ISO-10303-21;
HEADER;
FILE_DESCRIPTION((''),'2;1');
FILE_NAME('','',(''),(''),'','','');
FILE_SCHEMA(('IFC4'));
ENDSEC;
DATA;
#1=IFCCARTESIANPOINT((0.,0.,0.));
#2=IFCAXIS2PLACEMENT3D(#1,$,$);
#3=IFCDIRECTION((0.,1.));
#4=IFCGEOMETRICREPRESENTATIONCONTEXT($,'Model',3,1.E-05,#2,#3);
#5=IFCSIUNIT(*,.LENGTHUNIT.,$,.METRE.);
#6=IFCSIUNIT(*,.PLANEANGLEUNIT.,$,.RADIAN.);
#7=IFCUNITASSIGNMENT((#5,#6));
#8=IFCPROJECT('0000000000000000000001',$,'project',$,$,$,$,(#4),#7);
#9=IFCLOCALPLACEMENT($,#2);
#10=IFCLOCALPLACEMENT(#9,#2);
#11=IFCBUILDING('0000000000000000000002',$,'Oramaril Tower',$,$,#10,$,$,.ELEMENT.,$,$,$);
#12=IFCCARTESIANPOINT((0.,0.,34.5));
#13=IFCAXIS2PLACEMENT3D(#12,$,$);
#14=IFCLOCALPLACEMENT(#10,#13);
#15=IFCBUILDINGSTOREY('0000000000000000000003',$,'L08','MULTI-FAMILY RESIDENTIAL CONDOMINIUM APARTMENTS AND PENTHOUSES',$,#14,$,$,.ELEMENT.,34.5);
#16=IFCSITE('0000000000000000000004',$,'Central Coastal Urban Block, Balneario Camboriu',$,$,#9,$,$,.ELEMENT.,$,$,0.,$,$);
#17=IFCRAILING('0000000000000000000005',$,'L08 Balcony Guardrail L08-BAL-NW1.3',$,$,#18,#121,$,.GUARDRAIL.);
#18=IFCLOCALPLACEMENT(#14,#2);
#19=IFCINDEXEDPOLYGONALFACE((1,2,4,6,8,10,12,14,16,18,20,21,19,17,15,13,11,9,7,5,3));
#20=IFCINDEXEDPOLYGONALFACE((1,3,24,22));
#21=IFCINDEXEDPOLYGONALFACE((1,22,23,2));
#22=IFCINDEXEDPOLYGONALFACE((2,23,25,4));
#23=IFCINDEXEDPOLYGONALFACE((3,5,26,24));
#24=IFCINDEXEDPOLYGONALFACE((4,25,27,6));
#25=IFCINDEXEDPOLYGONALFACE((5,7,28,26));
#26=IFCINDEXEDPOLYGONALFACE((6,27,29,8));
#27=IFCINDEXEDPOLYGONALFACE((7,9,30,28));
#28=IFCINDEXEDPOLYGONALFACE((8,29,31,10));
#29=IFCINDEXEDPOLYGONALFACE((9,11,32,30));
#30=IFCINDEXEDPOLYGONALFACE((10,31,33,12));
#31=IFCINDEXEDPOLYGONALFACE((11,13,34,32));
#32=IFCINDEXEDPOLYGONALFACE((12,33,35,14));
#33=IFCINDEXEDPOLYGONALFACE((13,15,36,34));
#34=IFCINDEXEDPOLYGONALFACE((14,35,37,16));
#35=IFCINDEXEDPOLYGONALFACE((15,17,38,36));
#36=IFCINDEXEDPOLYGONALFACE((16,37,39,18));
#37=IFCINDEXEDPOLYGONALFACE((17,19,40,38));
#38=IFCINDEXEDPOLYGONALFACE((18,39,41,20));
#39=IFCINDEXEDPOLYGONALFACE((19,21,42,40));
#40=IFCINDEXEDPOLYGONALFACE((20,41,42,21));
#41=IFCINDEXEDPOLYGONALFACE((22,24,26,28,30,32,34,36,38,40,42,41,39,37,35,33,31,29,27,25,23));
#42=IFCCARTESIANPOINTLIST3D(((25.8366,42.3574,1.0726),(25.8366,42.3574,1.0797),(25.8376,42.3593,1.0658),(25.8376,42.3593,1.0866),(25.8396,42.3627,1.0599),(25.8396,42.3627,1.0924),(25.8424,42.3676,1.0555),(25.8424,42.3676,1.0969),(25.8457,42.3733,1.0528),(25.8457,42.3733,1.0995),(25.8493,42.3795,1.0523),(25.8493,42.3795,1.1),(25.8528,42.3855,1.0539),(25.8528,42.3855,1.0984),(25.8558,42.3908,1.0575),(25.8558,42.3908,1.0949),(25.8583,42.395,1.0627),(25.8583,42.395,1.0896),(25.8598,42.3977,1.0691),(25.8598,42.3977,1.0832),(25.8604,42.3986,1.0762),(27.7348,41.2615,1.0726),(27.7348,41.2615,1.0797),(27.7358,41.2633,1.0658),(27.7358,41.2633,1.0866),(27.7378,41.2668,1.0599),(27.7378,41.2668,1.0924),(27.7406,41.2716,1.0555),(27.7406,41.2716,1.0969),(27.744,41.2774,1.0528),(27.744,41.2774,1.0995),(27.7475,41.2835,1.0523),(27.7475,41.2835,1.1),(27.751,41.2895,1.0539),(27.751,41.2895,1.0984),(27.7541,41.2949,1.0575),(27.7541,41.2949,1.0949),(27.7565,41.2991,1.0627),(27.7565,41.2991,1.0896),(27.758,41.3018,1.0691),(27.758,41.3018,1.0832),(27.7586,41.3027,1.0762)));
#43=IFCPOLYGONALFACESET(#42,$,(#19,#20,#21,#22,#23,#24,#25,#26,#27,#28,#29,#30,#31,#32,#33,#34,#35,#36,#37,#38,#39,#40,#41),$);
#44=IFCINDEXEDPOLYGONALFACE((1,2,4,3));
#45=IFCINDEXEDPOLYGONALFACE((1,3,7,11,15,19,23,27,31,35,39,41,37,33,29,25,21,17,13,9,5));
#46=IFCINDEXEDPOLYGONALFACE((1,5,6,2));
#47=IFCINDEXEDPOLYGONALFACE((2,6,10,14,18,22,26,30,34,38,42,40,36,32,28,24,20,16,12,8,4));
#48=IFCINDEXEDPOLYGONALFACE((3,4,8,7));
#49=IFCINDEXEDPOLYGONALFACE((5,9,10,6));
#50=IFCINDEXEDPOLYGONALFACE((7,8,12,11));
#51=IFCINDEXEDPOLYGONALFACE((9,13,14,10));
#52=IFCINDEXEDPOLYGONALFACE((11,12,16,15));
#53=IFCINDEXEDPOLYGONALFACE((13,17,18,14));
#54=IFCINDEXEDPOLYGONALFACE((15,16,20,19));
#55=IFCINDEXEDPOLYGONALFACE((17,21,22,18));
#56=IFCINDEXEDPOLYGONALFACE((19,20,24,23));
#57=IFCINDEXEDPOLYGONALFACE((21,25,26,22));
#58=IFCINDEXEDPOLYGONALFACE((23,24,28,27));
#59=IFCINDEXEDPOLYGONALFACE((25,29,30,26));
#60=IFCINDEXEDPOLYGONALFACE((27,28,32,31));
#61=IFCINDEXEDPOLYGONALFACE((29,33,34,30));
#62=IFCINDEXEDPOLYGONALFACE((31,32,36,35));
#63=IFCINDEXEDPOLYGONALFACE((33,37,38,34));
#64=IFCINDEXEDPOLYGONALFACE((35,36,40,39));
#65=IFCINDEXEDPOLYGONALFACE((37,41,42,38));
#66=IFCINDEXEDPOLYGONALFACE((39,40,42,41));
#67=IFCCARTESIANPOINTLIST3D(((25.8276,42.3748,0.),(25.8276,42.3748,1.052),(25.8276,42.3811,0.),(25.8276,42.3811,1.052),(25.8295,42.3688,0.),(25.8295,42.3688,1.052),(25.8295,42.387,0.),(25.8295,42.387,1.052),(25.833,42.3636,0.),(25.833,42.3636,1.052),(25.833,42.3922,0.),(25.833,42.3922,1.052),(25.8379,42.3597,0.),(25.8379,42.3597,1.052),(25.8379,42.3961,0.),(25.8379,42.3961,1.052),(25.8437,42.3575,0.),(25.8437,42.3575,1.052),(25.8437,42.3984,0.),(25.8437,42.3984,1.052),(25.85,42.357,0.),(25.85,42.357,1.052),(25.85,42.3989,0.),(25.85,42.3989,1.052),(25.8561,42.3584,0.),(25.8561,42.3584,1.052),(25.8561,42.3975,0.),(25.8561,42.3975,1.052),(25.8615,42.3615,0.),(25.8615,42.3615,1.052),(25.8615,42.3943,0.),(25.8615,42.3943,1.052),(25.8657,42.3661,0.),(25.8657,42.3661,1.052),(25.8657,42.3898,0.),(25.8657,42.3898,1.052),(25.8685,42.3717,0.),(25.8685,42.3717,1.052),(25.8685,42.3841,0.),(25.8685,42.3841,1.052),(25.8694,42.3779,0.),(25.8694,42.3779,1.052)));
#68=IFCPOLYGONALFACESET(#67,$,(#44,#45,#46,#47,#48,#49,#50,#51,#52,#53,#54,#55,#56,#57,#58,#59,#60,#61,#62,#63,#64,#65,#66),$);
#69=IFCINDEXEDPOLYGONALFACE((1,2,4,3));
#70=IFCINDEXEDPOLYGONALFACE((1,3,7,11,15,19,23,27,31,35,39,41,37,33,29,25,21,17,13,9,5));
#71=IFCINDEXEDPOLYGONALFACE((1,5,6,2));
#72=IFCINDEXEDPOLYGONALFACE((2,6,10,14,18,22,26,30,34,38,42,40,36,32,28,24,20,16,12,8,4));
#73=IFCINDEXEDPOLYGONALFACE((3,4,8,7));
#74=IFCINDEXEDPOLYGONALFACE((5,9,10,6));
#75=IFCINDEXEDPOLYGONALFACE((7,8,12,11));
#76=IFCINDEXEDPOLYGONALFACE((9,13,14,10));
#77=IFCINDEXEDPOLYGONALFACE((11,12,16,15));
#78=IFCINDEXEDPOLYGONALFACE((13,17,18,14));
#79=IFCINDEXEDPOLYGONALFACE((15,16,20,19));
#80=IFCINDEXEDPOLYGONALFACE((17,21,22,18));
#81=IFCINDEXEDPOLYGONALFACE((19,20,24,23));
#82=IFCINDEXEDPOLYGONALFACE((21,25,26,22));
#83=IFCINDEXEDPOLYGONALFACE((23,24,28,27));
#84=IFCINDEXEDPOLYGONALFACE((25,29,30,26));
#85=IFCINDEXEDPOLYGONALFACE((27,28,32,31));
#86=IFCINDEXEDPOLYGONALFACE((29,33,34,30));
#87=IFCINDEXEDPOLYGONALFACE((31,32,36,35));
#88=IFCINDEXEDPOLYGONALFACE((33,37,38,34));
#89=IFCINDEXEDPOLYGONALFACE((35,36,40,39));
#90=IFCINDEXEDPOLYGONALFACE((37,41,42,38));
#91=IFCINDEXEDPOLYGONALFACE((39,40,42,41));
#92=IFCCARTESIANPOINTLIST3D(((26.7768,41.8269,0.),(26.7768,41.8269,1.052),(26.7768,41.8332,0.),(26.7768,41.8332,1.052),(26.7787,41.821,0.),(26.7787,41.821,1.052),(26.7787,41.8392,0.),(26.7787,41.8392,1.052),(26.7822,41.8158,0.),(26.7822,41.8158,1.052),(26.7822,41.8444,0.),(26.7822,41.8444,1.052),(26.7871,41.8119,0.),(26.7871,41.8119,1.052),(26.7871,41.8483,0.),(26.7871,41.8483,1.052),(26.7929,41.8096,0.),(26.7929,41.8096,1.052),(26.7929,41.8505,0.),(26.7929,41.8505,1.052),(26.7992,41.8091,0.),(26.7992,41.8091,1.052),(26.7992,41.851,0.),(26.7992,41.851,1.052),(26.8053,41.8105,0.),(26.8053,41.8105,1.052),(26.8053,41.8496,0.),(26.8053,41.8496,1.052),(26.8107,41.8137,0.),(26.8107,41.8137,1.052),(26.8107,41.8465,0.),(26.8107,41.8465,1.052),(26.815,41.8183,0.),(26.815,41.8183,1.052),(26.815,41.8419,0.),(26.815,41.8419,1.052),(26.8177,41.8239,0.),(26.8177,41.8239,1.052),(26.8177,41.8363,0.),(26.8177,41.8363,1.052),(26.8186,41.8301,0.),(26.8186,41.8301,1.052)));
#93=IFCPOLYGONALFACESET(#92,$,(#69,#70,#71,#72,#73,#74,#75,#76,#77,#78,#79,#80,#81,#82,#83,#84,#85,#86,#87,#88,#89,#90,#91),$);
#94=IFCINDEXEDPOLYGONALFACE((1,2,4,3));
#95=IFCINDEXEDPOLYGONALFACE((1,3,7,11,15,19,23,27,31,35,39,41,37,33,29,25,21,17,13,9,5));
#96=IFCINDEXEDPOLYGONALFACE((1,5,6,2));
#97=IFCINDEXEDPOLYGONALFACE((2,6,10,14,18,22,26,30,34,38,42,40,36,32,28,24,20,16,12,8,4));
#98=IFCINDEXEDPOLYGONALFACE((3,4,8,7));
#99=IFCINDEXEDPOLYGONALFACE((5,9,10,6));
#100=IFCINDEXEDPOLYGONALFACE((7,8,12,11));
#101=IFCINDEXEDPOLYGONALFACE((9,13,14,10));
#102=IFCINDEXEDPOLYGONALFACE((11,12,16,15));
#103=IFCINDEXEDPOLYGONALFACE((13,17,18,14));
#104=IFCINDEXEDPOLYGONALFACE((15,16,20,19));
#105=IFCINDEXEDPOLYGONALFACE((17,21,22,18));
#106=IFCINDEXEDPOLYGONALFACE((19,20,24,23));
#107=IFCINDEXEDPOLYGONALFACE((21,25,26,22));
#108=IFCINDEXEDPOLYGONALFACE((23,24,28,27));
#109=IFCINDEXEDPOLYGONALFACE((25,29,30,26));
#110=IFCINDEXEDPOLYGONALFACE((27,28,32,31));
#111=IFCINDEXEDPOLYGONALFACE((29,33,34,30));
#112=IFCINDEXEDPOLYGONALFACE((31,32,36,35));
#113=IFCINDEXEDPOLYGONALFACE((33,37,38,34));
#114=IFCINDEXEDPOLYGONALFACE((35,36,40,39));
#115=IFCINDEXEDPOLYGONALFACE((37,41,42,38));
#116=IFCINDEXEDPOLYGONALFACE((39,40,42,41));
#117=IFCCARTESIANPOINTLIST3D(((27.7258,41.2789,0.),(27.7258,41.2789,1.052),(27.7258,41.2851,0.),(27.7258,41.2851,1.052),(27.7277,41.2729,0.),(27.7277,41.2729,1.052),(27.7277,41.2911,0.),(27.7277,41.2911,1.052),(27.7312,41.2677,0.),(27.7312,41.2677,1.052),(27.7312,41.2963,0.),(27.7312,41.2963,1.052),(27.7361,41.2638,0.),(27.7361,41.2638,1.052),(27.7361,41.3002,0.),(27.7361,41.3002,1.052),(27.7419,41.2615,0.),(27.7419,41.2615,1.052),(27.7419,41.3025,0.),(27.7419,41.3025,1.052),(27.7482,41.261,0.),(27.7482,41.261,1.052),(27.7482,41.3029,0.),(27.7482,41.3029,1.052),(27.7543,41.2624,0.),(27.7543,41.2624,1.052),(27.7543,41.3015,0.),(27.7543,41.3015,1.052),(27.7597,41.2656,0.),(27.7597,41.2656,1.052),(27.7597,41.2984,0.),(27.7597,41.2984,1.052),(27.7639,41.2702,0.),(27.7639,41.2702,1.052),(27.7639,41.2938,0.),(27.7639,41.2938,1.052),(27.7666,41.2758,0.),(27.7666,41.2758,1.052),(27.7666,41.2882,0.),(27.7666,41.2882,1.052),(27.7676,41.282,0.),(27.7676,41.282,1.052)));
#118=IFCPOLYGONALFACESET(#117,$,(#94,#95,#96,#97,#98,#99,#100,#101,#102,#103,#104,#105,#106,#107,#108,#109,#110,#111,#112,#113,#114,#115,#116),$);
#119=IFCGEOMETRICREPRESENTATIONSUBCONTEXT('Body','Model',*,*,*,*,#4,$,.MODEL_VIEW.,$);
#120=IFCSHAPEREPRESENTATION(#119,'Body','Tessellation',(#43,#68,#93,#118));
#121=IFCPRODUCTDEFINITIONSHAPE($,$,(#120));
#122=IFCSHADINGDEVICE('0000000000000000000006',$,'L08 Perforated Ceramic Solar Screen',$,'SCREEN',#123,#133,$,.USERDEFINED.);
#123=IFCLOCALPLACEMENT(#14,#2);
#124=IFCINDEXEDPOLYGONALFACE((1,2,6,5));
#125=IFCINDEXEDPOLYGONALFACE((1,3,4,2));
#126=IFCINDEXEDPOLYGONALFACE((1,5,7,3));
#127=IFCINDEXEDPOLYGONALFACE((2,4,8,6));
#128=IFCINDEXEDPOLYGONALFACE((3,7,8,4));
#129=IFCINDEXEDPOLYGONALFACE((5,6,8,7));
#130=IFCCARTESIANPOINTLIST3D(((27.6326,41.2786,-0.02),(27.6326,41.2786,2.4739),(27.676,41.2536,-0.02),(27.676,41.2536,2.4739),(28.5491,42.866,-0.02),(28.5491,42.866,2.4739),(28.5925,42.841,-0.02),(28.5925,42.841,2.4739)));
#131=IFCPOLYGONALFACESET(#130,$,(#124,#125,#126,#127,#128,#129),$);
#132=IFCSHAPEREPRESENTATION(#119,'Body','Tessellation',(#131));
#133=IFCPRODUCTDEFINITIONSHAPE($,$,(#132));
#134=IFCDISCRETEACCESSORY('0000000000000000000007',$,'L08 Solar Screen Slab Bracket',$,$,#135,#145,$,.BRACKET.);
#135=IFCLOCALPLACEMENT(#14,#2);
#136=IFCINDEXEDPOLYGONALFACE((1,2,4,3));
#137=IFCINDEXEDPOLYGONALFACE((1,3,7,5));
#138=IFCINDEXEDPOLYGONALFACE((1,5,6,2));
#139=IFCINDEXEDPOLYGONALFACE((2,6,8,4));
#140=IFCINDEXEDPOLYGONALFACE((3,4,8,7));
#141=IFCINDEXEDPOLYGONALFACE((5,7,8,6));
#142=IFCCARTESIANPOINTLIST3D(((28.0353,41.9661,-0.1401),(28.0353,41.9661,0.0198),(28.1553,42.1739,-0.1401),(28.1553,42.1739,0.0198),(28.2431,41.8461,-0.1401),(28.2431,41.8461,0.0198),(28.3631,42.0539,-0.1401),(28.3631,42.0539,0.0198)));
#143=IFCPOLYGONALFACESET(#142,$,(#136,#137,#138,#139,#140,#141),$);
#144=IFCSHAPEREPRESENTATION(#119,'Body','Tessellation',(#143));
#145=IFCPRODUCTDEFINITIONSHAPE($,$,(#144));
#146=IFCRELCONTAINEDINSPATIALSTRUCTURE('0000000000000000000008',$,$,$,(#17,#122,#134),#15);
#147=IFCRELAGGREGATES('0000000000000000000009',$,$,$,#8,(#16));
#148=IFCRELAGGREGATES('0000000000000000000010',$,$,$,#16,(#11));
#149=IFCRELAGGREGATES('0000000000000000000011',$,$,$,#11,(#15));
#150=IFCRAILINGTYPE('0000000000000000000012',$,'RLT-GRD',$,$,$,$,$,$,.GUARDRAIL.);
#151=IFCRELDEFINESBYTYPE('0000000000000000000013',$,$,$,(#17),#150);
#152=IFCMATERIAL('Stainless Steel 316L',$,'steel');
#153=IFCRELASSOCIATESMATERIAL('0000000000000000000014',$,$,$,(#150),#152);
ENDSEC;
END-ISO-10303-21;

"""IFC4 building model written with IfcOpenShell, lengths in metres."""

from ifc_helpers import new_model, si_unit, direction, frame, origin, origin_2d, place, context, subcontext, project, spatial, rectangle, circle, extrude, material, type_object, element, save


model = new_model("IFC4")

# Units and contexts
model_context = context("Model", 3, precision=1e-05, world=origin(), true_north=direction((0.0, 1.0)))
body_context = subcontext(model_context, "Body", "Model", "MODEL_VIEW")
ifc_project = project(units=[si_unit("LENGTHUNIT", "METRE"), si_unit("PLANEANGLEUNIT", "RADIAN")], contexts=[model_context])

# Site, building, storey
site_placement = place(None, origin())
site = spatial("IfcSite", under=ifc_project, at=site_placement, Name="Central Coastal Urban Block, Balneario Camboriu", CompositionType="ELEMENT", RefElevation=0.0)
building_placement = place(site_placement, origin())
building = spatial("IfcBuilding", under=site, at=building_placement, Name="Oramaril Tower", CompositionType="ELEMENT")
storey_placement = place(building_placement, frame((0.0, 0.0, 34.5)))
storey = spatial("IfcBuildingStorey", under=building, at=storey_placement, Name="L08", Description="MULTI-FAMILY RESIDENTIAL CONDOMINIUM APARTMENTS AND PENTHOUSES", CompositionType="ELEMENT", Elevation=34.5)

# Railing
ifc_material_1 = material(Name="Stainless Steel 316L", Category="steel")
railing_type = type_object("IfcRailingType", Name="RLT-GRD", PredefinedType="GUARDRAIL", material=ifc_material_1)
railing_placement = place(storey_placement, frame((25.8484, 42.3779, 0.0)))
element("IfcRailing", 1, at=railing_placement, inside=storey, type_object=railing_type, Name="L08 Balcony Guardrail L08-BAL-NW1.3", PredefinedType="GUARDRAIL", context=body_context, shape_type="SweptSolid", body=[
    extrude(circle(Radius=0.0239, at=origin_2d()), frame((0.0, 0.0, 1.0762), z_axis=(0.866021, -0.500008, 0.0), x_axis=(0.500008, 0.866021, 0.0)), (0.0, 0.0, 1.0), 2.1919),
    extrude(circle(Radius=0.021, at=origin_2d()), origin(), (0.0, 0.0, 1.0), 1.052),
    extrude(circle(Radius=0.021, at=origin_2d()), frame((0.9492, -0.5479, 0.0)), (0.0, 0.0, 1.0), 1.052),
    extrude(circle(Radius=0.021, at=origin_2d()), frame((1.8982, -1.0959, 0.0)), (0.0, 0.0, 1.0), 1.052),
])

# Shading device
shading_device_placement = place(storey_placement, frame((28.1125, 42.0598, -0.02), z_axis=(0.0, 0.0, 1.0), x_axis=(-0.5, -0.866025, 0.0)))
element("IfcShadingDevice", 2, at=shading_device_placement, inside=storey, Name="L08 Perforated Ceramic Solar Screen", ObjectType="SCREEN", PredefinedType="USERDEFINED", context=body_context, shape_type="SweptSolid", body=[
    extrude(rectangle(XDim=1.833, YDim=0.05, at=origin_2d()), origin(), (0.0, 0.0, 1.0), 2.4939),
])

# Discrete accessory
discrete_accessory_placement = place(storey_placement, frame((28.1992, 42.01, -0.1401), z_axis=(0.0, 0.0, 1.0), x_axis=(-0.5, -0.866025, 0.0)))
element("IfcDiscreteAccessory", 3, at=discrete_accessory_placement, inside=storey, Name="L08 Solar Screen Slab Bracket", PredefinedType="BRACKET", context=body_context, shape_type="SweptSolid", body=[
    extrude(rectangle(XDim=0.24, YDim=0.24, at=origin_2d()), origin(), (0.0, 0.0, 1.0), 0.1599),
])

save(model, "model.ifc")
